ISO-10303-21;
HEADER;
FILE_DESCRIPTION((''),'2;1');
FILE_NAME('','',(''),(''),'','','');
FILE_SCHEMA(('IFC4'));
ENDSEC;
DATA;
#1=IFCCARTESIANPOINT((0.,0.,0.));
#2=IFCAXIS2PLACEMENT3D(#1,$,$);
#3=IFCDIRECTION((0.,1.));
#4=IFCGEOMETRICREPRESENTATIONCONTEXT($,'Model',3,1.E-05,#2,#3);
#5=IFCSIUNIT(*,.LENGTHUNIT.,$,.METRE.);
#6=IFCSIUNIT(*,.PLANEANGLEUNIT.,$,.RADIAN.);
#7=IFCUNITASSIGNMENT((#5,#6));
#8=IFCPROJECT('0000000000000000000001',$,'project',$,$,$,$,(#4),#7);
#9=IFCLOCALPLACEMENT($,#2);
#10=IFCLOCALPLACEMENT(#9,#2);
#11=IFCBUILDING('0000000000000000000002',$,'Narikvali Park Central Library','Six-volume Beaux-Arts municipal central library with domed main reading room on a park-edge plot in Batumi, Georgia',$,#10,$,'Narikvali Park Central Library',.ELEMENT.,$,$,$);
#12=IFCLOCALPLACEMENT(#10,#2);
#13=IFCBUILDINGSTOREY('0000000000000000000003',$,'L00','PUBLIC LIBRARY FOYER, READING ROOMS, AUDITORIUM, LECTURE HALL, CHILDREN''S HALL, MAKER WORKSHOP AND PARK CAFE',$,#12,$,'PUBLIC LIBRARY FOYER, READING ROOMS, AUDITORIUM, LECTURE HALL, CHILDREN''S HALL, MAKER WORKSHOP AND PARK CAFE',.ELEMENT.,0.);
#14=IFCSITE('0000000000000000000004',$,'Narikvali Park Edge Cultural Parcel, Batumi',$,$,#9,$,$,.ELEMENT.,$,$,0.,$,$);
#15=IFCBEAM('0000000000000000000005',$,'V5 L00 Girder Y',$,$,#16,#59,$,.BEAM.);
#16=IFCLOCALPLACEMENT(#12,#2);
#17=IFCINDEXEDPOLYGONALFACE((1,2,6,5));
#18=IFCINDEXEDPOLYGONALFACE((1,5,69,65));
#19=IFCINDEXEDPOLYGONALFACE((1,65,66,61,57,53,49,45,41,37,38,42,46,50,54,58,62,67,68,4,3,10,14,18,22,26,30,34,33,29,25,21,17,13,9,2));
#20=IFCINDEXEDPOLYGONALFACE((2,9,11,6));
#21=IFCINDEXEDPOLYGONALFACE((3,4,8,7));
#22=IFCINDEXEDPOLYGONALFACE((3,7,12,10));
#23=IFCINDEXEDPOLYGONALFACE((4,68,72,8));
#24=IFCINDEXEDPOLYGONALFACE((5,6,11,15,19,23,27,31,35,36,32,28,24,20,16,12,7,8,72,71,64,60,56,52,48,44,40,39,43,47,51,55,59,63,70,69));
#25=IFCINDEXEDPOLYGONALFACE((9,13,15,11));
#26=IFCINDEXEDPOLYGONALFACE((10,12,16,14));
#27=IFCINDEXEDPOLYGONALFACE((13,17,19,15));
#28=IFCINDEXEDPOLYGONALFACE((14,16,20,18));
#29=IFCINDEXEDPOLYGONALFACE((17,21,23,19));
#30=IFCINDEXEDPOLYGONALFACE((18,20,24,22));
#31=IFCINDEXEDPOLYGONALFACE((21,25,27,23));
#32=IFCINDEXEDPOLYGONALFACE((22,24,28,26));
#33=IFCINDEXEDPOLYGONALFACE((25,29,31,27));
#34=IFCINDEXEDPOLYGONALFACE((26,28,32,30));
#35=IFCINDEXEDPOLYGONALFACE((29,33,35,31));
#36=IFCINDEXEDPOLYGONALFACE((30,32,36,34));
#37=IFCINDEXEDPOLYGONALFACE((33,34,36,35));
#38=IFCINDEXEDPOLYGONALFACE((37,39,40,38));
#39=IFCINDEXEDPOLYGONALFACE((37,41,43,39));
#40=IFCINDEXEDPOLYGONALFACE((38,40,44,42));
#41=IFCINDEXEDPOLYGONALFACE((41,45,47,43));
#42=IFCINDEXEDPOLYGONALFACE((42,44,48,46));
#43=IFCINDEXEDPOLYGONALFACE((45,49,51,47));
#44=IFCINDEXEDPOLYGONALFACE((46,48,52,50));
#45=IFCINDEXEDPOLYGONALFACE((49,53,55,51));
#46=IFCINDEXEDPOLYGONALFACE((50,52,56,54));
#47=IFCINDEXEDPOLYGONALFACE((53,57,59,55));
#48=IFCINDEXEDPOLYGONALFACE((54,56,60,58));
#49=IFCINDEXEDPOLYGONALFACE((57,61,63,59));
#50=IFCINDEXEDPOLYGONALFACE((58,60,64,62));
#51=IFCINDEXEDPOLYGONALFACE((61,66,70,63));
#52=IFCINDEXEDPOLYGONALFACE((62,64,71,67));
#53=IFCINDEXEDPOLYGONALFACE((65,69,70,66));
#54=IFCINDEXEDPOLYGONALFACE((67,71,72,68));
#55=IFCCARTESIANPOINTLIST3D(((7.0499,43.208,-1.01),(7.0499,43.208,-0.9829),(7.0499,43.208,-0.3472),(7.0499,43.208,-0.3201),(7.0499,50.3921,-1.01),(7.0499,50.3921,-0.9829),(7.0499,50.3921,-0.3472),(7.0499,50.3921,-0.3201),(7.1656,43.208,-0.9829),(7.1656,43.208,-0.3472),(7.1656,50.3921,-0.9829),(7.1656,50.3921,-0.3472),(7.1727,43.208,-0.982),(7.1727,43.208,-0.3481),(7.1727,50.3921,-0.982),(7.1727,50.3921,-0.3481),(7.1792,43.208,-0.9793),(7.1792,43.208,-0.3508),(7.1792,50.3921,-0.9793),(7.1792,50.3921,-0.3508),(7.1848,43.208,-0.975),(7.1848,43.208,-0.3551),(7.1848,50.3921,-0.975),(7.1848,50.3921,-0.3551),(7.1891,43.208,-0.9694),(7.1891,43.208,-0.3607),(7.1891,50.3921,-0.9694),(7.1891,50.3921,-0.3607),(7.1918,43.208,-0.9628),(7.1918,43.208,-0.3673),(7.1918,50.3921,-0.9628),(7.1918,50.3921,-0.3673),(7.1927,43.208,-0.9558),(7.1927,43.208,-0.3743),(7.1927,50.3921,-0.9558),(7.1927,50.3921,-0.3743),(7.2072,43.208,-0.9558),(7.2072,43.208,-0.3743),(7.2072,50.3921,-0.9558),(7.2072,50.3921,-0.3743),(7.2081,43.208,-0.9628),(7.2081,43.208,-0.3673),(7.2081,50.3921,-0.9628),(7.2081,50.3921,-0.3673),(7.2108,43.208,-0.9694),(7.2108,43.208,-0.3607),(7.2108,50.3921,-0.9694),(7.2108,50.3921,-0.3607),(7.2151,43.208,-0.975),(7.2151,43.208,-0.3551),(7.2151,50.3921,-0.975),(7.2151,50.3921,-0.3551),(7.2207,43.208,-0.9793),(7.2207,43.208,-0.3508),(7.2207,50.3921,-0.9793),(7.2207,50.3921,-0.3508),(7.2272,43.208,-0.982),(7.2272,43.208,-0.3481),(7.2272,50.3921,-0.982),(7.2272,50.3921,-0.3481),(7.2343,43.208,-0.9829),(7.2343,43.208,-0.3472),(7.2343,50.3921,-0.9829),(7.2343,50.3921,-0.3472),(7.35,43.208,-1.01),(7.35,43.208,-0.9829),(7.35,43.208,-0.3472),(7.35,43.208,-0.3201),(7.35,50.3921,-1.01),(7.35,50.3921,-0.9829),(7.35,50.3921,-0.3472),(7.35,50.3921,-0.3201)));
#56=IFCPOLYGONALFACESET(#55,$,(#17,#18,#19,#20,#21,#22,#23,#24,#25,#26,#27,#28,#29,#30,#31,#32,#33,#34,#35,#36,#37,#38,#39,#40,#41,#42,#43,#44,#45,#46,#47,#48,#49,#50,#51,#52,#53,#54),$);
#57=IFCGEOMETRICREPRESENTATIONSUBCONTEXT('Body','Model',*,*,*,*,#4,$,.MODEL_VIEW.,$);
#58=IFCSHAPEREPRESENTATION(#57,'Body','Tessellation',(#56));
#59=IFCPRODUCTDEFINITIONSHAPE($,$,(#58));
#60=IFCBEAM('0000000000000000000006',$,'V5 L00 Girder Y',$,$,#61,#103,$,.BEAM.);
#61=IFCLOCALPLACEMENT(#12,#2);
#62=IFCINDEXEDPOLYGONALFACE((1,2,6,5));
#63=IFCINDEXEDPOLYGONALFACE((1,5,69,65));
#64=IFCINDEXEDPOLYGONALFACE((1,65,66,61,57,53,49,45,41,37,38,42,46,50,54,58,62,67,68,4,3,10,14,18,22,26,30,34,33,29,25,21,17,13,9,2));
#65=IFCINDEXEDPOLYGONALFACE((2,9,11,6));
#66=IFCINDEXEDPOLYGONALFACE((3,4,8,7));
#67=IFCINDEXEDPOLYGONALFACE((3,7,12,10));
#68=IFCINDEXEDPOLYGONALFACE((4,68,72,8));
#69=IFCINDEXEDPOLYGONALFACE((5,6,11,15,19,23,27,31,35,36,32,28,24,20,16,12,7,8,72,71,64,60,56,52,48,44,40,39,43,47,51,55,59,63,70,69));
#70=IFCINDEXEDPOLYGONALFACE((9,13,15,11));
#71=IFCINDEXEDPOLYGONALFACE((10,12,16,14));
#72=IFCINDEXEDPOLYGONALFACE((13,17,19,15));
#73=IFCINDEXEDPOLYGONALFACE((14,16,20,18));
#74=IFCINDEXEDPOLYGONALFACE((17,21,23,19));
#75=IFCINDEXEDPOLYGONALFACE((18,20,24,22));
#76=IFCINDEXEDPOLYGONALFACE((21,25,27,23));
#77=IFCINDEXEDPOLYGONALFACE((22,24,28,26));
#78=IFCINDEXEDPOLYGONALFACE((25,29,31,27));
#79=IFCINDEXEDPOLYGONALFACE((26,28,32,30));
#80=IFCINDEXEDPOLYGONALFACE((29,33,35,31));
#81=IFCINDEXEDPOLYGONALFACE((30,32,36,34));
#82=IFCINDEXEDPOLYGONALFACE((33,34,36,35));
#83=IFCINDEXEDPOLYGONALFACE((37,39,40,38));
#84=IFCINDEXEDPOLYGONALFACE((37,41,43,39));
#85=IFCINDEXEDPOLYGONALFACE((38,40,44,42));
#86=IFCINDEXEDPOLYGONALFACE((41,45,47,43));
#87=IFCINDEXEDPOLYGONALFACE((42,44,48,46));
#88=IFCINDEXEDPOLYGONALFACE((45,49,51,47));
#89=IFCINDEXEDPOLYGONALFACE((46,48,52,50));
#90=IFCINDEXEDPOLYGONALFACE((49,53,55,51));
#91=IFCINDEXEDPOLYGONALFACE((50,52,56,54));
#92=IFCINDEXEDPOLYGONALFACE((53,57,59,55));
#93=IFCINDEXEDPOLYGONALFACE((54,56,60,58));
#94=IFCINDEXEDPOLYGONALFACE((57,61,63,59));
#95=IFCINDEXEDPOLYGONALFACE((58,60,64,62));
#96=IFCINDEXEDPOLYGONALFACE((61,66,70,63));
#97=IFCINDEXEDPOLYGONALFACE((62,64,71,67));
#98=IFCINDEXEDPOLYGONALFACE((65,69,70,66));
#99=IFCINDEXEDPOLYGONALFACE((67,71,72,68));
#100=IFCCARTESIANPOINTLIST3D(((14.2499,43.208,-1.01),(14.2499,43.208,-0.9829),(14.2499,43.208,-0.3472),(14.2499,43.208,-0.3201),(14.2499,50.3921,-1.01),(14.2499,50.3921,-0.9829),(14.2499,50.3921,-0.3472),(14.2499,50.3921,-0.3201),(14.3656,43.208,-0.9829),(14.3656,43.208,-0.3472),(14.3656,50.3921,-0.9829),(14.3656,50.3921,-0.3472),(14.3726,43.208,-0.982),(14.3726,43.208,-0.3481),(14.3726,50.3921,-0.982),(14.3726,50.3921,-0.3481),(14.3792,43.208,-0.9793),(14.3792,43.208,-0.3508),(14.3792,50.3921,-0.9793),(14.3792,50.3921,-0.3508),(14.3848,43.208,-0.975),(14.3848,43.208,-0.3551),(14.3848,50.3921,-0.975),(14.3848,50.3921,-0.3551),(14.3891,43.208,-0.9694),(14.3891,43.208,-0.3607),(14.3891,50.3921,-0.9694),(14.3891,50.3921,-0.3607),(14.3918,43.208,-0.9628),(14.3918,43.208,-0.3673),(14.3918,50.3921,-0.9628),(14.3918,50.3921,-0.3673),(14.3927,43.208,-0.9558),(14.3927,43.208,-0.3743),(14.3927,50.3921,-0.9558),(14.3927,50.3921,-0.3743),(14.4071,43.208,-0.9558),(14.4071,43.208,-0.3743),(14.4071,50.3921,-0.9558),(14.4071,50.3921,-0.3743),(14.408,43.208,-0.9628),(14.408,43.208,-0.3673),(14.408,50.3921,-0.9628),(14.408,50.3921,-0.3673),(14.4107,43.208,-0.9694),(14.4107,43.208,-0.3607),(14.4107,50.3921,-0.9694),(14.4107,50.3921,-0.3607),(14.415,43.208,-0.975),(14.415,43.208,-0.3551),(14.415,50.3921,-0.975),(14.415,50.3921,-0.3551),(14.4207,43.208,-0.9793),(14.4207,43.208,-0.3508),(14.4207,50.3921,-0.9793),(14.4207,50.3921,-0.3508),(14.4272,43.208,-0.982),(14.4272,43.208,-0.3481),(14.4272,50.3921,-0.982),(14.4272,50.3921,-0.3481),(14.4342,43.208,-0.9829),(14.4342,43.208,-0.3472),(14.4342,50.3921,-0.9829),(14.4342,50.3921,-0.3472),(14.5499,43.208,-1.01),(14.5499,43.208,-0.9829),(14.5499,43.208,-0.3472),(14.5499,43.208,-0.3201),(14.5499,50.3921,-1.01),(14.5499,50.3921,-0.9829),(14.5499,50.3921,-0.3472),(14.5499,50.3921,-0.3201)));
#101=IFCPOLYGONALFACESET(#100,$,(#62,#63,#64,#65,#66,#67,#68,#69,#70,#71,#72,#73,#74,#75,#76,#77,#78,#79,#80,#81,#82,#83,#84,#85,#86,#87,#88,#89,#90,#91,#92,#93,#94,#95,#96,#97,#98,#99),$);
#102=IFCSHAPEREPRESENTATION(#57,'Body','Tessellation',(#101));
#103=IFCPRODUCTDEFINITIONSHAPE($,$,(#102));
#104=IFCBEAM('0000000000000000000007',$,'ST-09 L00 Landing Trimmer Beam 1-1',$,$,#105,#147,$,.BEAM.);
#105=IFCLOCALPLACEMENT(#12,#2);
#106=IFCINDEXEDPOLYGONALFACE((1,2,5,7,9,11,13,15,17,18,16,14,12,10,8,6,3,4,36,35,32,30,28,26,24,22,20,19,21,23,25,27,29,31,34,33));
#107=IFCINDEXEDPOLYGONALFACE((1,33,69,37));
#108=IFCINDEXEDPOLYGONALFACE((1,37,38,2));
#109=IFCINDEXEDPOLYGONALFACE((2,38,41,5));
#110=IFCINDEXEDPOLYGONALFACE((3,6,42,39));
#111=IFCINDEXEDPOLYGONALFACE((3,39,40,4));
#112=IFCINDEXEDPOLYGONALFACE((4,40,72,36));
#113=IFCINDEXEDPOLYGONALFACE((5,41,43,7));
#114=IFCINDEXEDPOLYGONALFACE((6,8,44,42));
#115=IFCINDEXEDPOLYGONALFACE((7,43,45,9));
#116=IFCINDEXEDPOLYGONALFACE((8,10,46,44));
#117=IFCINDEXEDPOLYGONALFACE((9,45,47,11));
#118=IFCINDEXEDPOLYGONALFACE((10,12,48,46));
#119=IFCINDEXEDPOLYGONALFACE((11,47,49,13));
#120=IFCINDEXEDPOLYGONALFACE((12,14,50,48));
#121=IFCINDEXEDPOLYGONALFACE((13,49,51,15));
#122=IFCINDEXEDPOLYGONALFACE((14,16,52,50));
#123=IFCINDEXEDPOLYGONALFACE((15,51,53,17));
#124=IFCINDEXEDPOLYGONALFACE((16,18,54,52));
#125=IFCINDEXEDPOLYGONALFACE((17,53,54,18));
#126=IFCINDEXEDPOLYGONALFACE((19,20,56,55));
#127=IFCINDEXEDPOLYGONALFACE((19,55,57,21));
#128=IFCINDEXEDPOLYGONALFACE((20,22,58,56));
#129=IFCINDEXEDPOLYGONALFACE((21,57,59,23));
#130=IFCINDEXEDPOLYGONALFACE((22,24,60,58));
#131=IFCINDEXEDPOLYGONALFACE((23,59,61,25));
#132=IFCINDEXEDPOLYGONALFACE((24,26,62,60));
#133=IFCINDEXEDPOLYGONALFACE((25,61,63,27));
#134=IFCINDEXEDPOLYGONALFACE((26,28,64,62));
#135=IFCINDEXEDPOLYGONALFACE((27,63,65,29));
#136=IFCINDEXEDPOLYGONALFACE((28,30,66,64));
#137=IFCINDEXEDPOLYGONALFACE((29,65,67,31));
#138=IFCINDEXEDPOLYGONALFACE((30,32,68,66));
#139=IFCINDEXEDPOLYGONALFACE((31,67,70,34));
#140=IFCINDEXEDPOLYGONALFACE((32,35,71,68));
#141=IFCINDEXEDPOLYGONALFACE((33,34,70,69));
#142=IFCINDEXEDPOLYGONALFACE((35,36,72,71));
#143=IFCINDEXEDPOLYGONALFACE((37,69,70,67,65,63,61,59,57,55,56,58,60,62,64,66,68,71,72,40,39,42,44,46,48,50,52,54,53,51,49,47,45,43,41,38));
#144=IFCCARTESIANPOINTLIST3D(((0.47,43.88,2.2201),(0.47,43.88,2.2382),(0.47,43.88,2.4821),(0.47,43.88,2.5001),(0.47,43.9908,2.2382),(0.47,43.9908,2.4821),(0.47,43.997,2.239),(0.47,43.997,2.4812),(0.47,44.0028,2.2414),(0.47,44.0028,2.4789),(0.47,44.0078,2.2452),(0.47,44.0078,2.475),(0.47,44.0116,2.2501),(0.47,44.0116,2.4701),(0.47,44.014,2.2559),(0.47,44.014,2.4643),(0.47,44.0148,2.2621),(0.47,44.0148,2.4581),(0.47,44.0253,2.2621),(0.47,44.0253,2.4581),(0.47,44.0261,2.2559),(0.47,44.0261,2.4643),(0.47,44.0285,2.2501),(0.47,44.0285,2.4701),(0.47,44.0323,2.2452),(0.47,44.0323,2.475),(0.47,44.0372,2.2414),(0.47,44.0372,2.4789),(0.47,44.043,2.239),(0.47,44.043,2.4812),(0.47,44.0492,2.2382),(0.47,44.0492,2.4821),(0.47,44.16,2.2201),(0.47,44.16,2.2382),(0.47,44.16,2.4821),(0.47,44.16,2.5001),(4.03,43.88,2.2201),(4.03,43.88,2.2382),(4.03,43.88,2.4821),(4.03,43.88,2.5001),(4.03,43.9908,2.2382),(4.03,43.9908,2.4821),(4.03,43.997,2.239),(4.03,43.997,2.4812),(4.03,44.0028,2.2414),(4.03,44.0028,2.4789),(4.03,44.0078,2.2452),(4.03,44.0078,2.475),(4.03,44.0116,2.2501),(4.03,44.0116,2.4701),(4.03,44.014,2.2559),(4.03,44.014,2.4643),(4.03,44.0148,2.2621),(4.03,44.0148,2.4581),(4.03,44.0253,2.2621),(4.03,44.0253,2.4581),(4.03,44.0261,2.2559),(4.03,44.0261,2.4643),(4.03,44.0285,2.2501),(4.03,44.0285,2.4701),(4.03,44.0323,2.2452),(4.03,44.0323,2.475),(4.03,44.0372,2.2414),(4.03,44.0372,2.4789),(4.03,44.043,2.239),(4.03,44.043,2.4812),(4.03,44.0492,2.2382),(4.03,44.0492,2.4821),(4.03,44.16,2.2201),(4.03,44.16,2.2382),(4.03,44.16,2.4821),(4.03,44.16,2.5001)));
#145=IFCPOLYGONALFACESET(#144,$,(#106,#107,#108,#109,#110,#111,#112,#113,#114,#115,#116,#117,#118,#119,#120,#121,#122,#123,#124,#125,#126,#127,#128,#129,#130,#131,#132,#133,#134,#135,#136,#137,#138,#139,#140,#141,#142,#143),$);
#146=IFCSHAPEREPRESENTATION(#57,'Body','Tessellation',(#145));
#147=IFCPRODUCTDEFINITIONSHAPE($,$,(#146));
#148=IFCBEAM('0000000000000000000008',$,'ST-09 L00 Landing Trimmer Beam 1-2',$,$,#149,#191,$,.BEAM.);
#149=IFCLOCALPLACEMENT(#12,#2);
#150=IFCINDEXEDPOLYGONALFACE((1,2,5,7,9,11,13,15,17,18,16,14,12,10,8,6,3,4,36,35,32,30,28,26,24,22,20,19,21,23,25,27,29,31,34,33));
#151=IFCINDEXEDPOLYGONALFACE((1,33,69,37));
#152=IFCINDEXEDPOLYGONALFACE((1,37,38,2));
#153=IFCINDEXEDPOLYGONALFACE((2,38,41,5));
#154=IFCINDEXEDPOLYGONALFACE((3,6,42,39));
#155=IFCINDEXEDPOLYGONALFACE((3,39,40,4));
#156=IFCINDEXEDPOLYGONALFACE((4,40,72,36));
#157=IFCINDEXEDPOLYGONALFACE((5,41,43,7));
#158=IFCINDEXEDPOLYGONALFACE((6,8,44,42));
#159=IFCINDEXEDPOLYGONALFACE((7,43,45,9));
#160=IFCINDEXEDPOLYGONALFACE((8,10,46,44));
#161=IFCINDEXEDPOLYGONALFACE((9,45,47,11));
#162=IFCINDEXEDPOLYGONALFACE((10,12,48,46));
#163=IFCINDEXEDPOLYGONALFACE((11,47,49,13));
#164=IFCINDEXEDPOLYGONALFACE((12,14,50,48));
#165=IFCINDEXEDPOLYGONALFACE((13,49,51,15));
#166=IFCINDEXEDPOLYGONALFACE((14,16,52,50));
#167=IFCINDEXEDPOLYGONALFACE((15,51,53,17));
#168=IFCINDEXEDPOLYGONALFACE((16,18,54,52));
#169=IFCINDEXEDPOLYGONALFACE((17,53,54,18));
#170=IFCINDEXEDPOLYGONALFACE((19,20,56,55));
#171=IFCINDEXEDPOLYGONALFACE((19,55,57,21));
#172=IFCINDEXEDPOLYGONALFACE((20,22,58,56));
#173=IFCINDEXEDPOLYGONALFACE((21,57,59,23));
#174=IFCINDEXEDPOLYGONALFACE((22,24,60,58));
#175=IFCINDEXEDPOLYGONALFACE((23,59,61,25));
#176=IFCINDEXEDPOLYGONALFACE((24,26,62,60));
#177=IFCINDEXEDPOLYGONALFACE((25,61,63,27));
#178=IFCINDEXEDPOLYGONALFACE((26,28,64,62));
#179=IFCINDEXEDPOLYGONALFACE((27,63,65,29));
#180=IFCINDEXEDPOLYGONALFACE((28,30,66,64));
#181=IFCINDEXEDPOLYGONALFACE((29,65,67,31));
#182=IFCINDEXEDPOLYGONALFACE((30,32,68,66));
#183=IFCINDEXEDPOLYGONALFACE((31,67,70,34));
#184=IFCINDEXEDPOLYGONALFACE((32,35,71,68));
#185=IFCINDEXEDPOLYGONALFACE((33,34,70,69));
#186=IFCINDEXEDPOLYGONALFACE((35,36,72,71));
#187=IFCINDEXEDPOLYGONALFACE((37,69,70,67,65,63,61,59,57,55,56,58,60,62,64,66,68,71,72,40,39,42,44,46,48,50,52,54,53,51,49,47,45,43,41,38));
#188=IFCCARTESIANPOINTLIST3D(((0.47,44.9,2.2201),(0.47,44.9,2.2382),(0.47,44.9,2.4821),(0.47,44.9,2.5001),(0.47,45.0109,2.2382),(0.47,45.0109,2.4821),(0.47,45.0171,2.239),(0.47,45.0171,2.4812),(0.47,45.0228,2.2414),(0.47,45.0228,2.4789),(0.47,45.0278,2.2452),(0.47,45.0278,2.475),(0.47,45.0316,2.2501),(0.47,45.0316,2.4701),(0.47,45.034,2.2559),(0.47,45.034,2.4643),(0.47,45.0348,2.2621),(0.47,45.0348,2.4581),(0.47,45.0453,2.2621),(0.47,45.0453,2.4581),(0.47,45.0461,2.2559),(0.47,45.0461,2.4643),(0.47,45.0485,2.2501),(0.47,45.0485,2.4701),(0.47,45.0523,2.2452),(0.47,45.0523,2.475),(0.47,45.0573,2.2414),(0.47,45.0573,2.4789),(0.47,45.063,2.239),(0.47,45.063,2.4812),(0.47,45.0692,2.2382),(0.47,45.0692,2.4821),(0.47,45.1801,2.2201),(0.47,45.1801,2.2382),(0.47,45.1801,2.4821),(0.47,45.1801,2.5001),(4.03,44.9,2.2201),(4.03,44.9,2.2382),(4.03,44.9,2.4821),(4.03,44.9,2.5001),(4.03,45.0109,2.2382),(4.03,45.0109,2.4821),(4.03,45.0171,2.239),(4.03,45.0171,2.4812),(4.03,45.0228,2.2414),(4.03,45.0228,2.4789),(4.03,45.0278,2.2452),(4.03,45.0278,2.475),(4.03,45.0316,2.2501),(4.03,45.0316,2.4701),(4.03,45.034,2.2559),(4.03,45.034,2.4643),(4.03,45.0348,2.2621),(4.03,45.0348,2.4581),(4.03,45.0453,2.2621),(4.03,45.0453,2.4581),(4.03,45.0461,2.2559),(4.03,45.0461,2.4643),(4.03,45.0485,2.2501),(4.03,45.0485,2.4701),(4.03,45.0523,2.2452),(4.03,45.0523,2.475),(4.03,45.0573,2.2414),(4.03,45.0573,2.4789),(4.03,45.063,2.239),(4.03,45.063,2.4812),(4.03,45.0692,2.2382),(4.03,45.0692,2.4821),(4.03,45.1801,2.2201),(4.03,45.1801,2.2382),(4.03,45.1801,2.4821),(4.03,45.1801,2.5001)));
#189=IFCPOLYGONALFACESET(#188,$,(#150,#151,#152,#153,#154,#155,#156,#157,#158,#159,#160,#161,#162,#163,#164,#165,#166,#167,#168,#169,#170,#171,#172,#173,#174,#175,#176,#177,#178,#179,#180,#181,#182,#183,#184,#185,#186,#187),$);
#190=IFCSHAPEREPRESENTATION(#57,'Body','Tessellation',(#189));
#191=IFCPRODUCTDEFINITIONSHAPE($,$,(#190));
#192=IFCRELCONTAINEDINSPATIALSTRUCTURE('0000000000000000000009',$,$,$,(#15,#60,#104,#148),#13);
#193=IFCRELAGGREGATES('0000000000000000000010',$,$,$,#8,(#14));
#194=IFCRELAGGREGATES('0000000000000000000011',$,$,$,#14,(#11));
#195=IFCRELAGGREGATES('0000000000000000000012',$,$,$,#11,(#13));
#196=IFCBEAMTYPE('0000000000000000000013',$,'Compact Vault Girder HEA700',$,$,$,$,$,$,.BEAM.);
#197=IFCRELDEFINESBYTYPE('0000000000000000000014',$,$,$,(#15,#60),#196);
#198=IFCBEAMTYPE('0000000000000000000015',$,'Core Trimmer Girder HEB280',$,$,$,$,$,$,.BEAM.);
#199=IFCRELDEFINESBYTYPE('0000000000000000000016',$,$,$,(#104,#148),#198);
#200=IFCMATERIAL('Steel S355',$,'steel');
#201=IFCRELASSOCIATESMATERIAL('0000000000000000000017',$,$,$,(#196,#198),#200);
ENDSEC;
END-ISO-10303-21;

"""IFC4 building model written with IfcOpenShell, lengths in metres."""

from ifc_helpers import new_model, si_unit, direction, frame, origin, origin_2d, place, context, subcontext, project, spatial, i_section, extrude, material, material_profile, profile_set, type_object, element, save


model = new_model("IFC4")

# Units and contexts
model_context = context("Model", 3, precision=1e-05, world=origin(), true_north=direction((0.0, 1.0)))
body_context = subcontext(model_context, "Body", "Model", "MODEL_VIEW")
ifc_project = project(units=[si_unit("LENGTHUNIT", "METRE"), si_unit("PLANEANGLEUNIT", "RADIAN")], contexts=[model_context])

# Site, building, storey
site_placement = place(None, origin())
site = spatial("IfcSite", under=ifc_project, at=site_placement, Name="Narikvali Park Edge Cultural Parcel, Batumi", CompositionType="ELEMENT", RefElevation=0.0)
building_placement = place(site_placement, origin())
building = spatial("IfcBuilding", under=site, at=building_placement, Name="Narikvali Park Central Library", Description="Six-volume Beaux-Arts municipal central library with domed main reading room on a park-edge plot in Batumi, Georgia", LongName="Narikvali Park Central Library", CompositionType="ELEMENT")
storey_placement = place(building_placement, origin())
storey = spatial("IfcBuildingStorey", under=building, at=storey_placement, Name="L00", Description="PUBLIC LIBRARY FOYER, READING ROOMS, AUDITORIUM, LECTURE HALL, CHILDREN'S HALL, MAKER WORKSHOP AND PARK CAFE", LongName="PUBLIC LIBRARY FOYER, READING ROOMS, AUDITORIUM, LECTURE HALL, CHILDREN'S HALL, MAKER WORKSHOP AND PARK CAFE", CompositionType="ELEMENT", Elevation=0.0)

# Shared definitions
ifc_material_1 = material(Name="Steel S355", Category="steel")

# Beams
ifc_material_profile_1 = material_profile(ifc_material_1, i_section(OverallWidth=0.3, OverallDepth=0.6899, WebThickness=0.0144, FlangeThickness=0.0271, FilletRadius=0.0271, at=origin_2d()), Name="HEA 700")
ifc_profile_set_1 = profile_set([ifc_material_profile_1], Name="Steel S355")
beam_type_1 = type_object("IfcBeamType", Name="Compact Vault Girder HEA700", PredefinedType="BEAM", material=ifc_profile_set_1)
for number, where, z_axis, x_axis, name in (
    (1, (7.2, 43.208, -0.665), (0.0, 1.0, 0.0), (-1.0, 0.0, 0.0), "V5 L00 Girder Y"),
    (2, (14.3999, 43.208, -0.665), (0.0, 1.0, 0.0), (-1.0, 0.0, 0.0), "V5 L00 Girder Y"),
):
    element("IfcBeam", number, at=place(storey_placement, frame(where, z_axis=z_axis, x_axis=x_axis)), inside=storey, type_object=beam_type_1, Name=name, PredefinedType="BEAM", context=body_context, shape_type="SweptSolid", body=[
        extrude(i_section(OverallWidth=0.3, OverallDepth=0.6899, WebThickness=0.0144, FlangeThickness=0.0271, FilletRadius=0.0271, at=origin_2d()), origin(), (0.0, 0.0, 1.0), 7.1841),
    ])
ifc_material_profile_2 = material_profile(ifc_material_1, i_section(OverallWidth=0.28, OverallDepth=0.28, WebThickness=0.0105, FlangeThickness=0.0181, FilletRadius=0.0239, at=origin_2d()), Name="HEB 280")
ifc_profile_set_2 = profile_set([ifc_material_profile_2], Name="Steel S355")
beam_type_2 = type_object("IfcBeamType", Name="Core Trimmer Girder HEB280", PredefinedType="BEAM", material=ifc_profile_set_2)
for number, where, z_axis, x_axis, name in (
    (3, (0.47, 44.02, 2.3601), (1.0, 0.0, 0.0), (0.0, 1.0, 0.0), "ST-09 L00 Landing Trimmer Beam 1-1"),
    (4, (0.47, 45.04, 2.3601), (1.0, 0.0, 0.0), (0.0, 1.0, 0.0), "ST-09 L00 Landing Trimmer Beam 1-2"),
):
    element("IfcBeam", number, at=place(storey_placement, frame(where, z_axis=z_axis, x_axis=x_axis)), inside=storey, type_object=beam_type_2, Name=name, PredefinedType="BEAM", context=body_context, shape_type="SweptSolid", body=[
        extrude(i_section(OverallWidth=0.28, OverallDepth=0.28, WebThickness=0.0105, FlangeThickness=0.0181, FilletRadius=0.0239, at=origin_2d()), origin(), (0.0, 0.0, 1.0), 3.5601),
    ])

save(model, "model.ifc")
